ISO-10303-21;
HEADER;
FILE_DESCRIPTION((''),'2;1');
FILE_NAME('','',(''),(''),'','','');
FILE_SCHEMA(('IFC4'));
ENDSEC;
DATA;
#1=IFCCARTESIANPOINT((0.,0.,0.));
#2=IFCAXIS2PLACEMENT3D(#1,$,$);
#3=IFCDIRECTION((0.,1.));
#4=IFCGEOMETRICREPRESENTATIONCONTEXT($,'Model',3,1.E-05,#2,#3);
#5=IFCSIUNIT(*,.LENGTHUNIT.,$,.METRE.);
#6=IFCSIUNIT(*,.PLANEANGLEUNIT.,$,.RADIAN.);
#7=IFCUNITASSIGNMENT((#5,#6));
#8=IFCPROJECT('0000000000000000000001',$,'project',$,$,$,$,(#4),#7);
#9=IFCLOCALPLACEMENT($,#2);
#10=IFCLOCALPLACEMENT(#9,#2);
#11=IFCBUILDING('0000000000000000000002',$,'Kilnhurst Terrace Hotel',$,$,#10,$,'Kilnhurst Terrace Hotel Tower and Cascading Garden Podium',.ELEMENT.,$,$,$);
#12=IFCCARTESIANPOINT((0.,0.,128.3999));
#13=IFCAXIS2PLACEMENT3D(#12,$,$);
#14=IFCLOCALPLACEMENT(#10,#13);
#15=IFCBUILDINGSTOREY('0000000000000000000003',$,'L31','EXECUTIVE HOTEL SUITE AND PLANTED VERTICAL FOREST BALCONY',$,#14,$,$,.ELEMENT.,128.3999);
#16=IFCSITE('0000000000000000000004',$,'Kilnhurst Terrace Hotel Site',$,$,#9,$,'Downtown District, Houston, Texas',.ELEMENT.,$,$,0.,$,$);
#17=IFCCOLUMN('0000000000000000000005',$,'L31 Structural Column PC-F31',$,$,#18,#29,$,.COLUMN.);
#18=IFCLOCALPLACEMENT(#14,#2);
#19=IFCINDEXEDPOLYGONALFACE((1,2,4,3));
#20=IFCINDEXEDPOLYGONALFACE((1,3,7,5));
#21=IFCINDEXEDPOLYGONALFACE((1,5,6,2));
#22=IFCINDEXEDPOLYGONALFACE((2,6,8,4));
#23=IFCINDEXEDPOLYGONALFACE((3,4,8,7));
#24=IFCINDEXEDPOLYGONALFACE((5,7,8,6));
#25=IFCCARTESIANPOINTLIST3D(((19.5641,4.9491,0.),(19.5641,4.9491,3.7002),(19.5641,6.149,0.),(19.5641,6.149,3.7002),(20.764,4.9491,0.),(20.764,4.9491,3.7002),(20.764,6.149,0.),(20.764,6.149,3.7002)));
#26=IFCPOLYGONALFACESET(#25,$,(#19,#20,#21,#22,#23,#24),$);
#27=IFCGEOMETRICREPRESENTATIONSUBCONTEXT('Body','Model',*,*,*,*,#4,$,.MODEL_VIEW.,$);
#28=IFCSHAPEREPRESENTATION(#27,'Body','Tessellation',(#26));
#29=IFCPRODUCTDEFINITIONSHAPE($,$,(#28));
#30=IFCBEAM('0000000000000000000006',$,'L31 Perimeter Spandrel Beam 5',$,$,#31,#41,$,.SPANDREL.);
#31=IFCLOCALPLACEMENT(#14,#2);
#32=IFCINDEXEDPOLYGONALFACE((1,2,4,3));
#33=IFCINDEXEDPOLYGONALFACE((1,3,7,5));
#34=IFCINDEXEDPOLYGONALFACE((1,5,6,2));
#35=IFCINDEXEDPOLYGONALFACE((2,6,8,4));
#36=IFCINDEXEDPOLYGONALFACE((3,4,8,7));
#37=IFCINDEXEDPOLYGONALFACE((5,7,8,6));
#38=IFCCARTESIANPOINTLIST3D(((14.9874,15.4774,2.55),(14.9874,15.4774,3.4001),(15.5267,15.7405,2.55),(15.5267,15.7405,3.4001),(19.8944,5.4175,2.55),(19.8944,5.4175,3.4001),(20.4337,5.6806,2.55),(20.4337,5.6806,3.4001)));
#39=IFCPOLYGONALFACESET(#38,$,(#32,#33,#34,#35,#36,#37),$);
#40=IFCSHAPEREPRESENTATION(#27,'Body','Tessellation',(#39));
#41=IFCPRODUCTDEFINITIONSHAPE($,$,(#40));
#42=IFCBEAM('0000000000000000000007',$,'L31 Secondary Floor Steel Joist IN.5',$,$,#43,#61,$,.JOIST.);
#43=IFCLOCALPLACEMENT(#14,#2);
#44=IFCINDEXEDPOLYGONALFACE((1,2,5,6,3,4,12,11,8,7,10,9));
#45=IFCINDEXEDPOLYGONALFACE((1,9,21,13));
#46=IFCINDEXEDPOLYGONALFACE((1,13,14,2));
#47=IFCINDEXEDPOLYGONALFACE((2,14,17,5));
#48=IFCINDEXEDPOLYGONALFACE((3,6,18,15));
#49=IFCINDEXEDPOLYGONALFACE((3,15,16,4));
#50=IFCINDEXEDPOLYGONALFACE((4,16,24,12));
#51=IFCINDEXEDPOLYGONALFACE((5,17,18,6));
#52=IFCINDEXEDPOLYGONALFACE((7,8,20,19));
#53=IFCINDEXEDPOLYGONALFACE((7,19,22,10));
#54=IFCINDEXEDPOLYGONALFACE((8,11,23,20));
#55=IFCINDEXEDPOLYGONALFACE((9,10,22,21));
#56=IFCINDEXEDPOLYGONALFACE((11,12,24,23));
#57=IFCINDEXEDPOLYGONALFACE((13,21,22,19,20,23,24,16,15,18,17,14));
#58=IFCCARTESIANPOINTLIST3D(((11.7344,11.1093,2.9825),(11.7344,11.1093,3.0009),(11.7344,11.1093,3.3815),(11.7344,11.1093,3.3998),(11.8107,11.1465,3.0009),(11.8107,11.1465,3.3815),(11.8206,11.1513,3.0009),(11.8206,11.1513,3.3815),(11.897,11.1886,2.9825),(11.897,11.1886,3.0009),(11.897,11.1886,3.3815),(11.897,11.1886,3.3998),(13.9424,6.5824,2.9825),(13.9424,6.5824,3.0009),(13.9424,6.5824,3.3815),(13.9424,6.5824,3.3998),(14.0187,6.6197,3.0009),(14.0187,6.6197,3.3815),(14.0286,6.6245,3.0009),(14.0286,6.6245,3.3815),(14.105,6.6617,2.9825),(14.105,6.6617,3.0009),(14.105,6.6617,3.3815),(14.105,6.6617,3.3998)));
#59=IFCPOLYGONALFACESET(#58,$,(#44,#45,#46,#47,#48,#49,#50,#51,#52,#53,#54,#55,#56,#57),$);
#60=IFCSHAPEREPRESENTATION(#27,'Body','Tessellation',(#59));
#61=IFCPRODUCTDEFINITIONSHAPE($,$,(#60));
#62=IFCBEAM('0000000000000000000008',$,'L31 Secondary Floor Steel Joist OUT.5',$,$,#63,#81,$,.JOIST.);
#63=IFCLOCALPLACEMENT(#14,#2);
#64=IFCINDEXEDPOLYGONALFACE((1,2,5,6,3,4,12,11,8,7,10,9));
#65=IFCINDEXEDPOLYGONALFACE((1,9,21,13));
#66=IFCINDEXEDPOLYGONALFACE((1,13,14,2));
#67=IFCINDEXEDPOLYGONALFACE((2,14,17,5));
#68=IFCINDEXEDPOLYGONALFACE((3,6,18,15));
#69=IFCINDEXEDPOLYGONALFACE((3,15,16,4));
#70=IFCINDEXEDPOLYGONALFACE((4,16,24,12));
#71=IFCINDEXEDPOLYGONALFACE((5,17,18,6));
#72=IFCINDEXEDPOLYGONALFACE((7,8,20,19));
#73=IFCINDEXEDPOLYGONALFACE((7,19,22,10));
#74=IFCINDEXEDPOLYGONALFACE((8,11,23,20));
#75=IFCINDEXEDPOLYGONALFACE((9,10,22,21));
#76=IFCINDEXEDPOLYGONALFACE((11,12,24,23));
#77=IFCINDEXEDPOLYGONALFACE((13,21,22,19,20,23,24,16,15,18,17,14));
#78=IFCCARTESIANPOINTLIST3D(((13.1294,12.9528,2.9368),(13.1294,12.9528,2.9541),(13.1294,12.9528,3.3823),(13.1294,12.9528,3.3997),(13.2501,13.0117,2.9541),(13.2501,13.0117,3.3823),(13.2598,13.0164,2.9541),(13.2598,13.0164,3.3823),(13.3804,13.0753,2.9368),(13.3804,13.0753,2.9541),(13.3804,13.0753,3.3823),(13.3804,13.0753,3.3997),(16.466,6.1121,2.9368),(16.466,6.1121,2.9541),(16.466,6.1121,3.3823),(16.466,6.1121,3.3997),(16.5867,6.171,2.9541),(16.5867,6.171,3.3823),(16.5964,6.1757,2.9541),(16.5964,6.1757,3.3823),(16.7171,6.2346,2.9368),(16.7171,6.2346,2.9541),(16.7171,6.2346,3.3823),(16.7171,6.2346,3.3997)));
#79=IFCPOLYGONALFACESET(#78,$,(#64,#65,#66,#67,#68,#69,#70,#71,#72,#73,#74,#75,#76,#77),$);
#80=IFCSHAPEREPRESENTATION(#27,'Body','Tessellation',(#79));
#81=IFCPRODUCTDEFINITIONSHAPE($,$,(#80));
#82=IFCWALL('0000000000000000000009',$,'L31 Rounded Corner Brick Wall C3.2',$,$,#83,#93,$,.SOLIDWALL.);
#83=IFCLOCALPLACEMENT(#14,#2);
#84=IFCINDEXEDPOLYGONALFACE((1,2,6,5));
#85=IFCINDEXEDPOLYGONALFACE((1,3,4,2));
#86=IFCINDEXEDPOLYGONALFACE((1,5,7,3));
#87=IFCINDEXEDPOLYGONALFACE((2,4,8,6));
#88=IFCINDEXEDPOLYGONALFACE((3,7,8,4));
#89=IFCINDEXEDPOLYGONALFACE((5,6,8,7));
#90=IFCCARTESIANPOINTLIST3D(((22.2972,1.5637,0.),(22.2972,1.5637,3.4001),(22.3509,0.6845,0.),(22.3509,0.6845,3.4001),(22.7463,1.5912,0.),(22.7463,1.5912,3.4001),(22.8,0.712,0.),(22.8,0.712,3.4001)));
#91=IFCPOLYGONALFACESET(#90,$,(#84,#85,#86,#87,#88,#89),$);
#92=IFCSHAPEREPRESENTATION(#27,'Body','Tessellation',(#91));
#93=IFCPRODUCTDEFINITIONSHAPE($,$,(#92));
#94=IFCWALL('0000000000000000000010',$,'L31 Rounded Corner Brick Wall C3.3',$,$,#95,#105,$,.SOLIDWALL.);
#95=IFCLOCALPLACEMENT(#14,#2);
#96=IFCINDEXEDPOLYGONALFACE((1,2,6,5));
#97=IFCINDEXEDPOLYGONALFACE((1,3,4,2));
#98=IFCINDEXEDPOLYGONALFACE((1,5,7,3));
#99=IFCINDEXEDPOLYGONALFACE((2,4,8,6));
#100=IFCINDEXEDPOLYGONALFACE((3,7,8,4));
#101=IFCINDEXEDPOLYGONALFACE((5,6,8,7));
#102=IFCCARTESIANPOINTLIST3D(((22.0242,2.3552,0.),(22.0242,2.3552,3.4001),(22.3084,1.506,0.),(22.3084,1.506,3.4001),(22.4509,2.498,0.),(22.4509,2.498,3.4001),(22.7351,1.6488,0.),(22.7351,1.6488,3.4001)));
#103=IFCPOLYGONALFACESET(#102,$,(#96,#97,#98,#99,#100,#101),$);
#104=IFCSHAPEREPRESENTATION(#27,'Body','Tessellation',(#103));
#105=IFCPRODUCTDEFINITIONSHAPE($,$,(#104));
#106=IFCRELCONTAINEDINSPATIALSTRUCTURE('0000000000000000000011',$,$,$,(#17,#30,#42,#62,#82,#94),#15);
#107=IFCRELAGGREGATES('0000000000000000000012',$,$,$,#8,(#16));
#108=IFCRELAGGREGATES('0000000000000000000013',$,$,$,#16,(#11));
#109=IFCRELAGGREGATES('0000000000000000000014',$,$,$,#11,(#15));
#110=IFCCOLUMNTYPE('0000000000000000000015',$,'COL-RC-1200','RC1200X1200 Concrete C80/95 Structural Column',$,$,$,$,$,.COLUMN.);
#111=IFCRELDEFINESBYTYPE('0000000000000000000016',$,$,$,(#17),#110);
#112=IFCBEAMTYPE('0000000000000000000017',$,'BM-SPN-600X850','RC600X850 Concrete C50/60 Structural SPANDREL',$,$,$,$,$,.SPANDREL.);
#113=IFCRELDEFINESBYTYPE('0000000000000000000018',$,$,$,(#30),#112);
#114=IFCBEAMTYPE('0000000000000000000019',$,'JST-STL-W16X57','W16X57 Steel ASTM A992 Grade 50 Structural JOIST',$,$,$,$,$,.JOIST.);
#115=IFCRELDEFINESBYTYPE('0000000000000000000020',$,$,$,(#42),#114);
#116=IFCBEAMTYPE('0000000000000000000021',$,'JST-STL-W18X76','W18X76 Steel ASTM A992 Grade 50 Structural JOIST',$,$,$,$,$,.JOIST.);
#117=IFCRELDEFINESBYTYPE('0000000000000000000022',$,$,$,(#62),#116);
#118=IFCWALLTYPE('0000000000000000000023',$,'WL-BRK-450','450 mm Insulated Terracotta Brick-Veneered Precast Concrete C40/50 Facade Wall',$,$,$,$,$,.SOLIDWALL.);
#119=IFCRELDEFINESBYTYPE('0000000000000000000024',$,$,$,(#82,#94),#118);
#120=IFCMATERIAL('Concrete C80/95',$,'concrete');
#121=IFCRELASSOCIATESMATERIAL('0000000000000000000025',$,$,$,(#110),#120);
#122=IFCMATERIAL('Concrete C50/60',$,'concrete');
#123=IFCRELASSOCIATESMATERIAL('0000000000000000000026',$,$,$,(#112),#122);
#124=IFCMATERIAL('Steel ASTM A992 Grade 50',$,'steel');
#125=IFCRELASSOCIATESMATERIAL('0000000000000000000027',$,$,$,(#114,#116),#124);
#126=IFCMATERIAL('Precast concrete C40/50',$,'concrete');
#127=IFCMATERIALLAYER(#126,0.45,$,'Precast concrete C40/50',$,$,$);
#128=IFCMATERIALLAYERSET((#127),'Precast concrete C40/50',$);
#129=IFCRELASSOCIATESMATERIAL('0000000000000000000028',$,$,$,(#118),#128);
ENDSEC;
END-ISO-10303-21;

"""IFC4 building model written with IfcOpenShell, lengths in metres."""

from ifc_helpers import new_model, si_unit, direction, frame, frame_2d, origin, origin_2d, place, context, subcontext, project, spatial, rectangle, i_section, extrude, material, layer, layer_set, material_profile, profile_set, type_object, element, save


model = new_model("IFC4")

# Units and contexts
model_context = context("Model", 3, precision=1e-05, world=origin(), true_north=direction((0.0, 1.0)))
body_context = subcontext(model_context, "Body", "Model", "MODEL_VIEW")
ifc_project = project(units=[si_unit("LENGTHUNIT", "METRE"), si_unit("PLANEANGLEUNIT", "RADIAN")], contexts=[model_context])

# Site, building, storey
site_placement = place(None, origin())
site = spatial("IfcSite", under=ifc_project, at=site_placement, Name="Kilnhurst Terrace Hotel Site", LongName="Downtown District, Houston, Texas", CompositionType="ELEMENT", RefElevation=0.0)
building_placement = place(site_placement, origin())
building = spatial("IfcBuilding", under=site, at=building_placement, Name="Kilnhurst Terrace Hotel", LongName="Kilnhurst Terrace Hotel Tower and Cascading Garden Podium", CompositionType="ELEMENT")
storey_placement = place(building_placement, frame((0.0, 0.0, 128.3999)))
storey = spatial("IfcBuildingStorey", under=building, at=storey_placement, Name="L31", Description="EXECUTIVE HOTEL SUITE AND PLANTED VERTICAL FOREST BALCONY", CompositionType="ELEMENT", Elevation=128.3999)

# Column
ifc_material_1 = material(Name="Concrete C80/95", Category="concrete")
ifc_material_profile_1 = material_profile(ifc_material_1, rectangle(XDim=1.2, YDim=1.2, at=origin_2d()), Name="RC1200X1200")
ifc_profile_set_1 = profile_set([ifc_material_profile_1], Name="Concrete C80/95")
column_type = type_object("IfcColumnType", Name="COL-RC-1200", Description="RC1200X1200 Concrete C80/95 Structural Column", PredefinedType="COLUMN", material=ifc_profile_set_1)
column_placement = place(storey_placement, frame((20.1641, 5.5491, 0.0), z_axis=(0.0, 0.0, 1.0), x_axis=(1.0, 0.0, 0.0)))
element("IfcColumn", 1, at=column_placement, inside=storey, type_object=column_type, Name="L31 Structural Column PC-F31", PredefinedType="COLUMN", context=body_context, shape_type="SweptSolid", body=[
    extrude(rectangle(XDim=1.2, YDim=1.2, at=origin_2d()), origin(), (0.0, 0.0, 1.0), 3.7002),
])

# Beams
ifc_material_2 = material(Name="Concrete C50/60", Category="concrete")
ifc_material_profile_2 = material_profile(ifc_material_2, rectangle(XDim=0.6001, YDim=0.8501, at=origin_2d()), Name="RC600X850")
ifc_profile_set_2 = profile_set([ifc_material_profile_2], Name="Concrete C50/60")
beam_type_1 = type_object("IfcBeamType", Name="BM-SPN-600X850", Description="RC600X850 Concrete C50/60 Structural SPANDREL", PredefinedType="SPANDREL", material=ifc_profile_set_2)
beam_1_placement = place(storey_placement, frame((20.1641, 5.5491, 2.9751), z_axis=(-0.438406, 0.898777, 0.0), x_axis=(-0.898777, -0.438406, 0.0)))
element("IfcBeam", 2, at=beam_1_placement, inside=storey, type_object=beam_type_1, Name="L31 Perimeter Spandrel Beam 5", PredefinedType="SPANDREL", context=body_context, shape_type="SweptSolid", body=[
    extrude(rectangle(XDim=0.6001, YDim=0.8501, at=origin_2d()), origin(), (0.0, 0.0, 1.0), 11.1929),
])
ifc_material_3 = material(Name="Steel ASTM A992 Grade 50", Category="steel")
ifc_material_profile_3 = material_profile(ifc_material_3, i_section(OverallWidth=0.1809, OverallDepth=0.4172, WebThickness=0.011, FlangeThickness=0.0183, at=origin_2d()), Name="W16X57")
ifc_profile_set_3 = profile_set([ifc_material_profile_3], Name="Steel ASTM A992 Grade 50")
beam_type_2 = type_object("IfcBeamType", Name="JST-STL-W16X57", Description="W16X57 Steel ASTM A992 Grade 50 Structural JOIST", PredefinedType="JOIST", material=ifc_profile_set_3)
beam_2_placement = place(storey_placement, frame((14.0237, 6.6221, 3.1912), z_axis=(-0.438389, 0.898785, 0.0), x_axis=(-0.898785, -0.438389, 0.0)))
element("IfcBeam", 3, at=beam_2_placement, inside=storey, type_object=beam_type_2, Name="L31 Secondary Floor Steel Joist IN.5", PredefinedType="JOIST", context=body_context, shape_type="SweptSolid", body=[
    extrude(i_section(OverallWidth=0.1809, OverallDepth=0.4172, WebThickness=0.011, FlangeThickness=0.0183, at=origin_2d()), origin(), (0.0, 0.0, 1.0), 5.0366),
])
ifc_material_profile_4 = material_profile(ifc_material_3, i_section(OverallWidth=0.2793, OverallDepth=0.4629, WebThickness=0.0107, FlangeThickness=0.0173, at=origin_2d()), Name="W18X76")
ifc_profile_set_4 = profile_set([ifc_material_profile_4], Name="Steel ASTM A992 Grade 50")
beam_type_3 = type_object("IfcBeamType", Name="JST-STL-W18X76", Description="W18X76 Steel ASTM A992 Grade 50 Structural JOIST", PredefinedType="JOIST", material=ifc_profile_set_4)
beam_3_placement = place(storey_placement, frame((16.5916, 6.1733, 3.1682), z_axis=(-0.43839, 0.898785, 0.0), x_axis=(-0.898785, -0.43839, 0.0)))
element("IfcBeam", 4, at=beam_3_placement, inside=storey, type_object=beam_type_3, Name="L31 Secondary Floor Steel Joist OUT.5", PredefinedType="JOIST", context=body_context, shape_type="SweptSolid", body=[
    extrude(i_section(OverallWidth=0.2793, OverallDepth=0.4629, WebThickness=0.0107, FlangeThickness=0.0173, at=origin_2d()), origin(), (0.0, 0.0, 1.0), 7.6111),
])

# Walls
ifc_material_4 = material(Name="Precast concrete C40/50", Category="concrete")
ifc_layer_1 = layer(ifc_material_4, 0.45, Name="Precast concrete C40/50")
ifc_layer_set_1 = layer_set([ifc_layer_1], Name="Precast concrete C40/50")
wall_type_1 = type_object("IfcWallType", Name="WL-BRK-450", Description="450 mm Insulated Terracotta Brick-Veneered Precast Concrete C40/50 Facade Wall", PredefinedType="SOLIDWALL", material=ifc_layer_set_1)
wall_1_placement = place(storey_placement, frame((22.5754, 0.6982, 0.0), z_axis=(0.0, 0.0, 1.0), x_axis=(-0.06098, 0.998139, 0.0)))
element("IfcWall", 5, at=wall_1_placement, inside=storey, type_object=wall_type_1, Name="L31 Rounded Corner Brick Wall C3.2", PredefinedType="SOLIDWALL", context=body_context, shape_type="SweptSolid", body=[
    extrude(rectangle(XDim=0.8809, YDim=0.45, at=frame_2d((0.4404, 0.0))), origin(), (0.0, 0.0, 1.0), 3.4001),
])
wall_2_placement = place(storey_placement, frame((22.5217, 1.5774, 0.0), z_axis=(0.0, 0.0, 1.0), x_axis=(-0.317373, 0.948301, 0.0)))
element("IfcWall", 6, at=wall_2_placement, inside=storey, type_object=wall_type_1, Name="L31 Rounded Corner Brick Wall C3.3", PredefinedType="SOLIDWALL", context=body_context, shape_type="SweptSolid", body=[
    extrude(rectangle(XDim=0.8955, YDim=0.45, at=frame_2d((0.4478, 0.0))), origin(), (0.0, 0.0, 1.0), 3.4001),
])

save(model, "model.ifc")
